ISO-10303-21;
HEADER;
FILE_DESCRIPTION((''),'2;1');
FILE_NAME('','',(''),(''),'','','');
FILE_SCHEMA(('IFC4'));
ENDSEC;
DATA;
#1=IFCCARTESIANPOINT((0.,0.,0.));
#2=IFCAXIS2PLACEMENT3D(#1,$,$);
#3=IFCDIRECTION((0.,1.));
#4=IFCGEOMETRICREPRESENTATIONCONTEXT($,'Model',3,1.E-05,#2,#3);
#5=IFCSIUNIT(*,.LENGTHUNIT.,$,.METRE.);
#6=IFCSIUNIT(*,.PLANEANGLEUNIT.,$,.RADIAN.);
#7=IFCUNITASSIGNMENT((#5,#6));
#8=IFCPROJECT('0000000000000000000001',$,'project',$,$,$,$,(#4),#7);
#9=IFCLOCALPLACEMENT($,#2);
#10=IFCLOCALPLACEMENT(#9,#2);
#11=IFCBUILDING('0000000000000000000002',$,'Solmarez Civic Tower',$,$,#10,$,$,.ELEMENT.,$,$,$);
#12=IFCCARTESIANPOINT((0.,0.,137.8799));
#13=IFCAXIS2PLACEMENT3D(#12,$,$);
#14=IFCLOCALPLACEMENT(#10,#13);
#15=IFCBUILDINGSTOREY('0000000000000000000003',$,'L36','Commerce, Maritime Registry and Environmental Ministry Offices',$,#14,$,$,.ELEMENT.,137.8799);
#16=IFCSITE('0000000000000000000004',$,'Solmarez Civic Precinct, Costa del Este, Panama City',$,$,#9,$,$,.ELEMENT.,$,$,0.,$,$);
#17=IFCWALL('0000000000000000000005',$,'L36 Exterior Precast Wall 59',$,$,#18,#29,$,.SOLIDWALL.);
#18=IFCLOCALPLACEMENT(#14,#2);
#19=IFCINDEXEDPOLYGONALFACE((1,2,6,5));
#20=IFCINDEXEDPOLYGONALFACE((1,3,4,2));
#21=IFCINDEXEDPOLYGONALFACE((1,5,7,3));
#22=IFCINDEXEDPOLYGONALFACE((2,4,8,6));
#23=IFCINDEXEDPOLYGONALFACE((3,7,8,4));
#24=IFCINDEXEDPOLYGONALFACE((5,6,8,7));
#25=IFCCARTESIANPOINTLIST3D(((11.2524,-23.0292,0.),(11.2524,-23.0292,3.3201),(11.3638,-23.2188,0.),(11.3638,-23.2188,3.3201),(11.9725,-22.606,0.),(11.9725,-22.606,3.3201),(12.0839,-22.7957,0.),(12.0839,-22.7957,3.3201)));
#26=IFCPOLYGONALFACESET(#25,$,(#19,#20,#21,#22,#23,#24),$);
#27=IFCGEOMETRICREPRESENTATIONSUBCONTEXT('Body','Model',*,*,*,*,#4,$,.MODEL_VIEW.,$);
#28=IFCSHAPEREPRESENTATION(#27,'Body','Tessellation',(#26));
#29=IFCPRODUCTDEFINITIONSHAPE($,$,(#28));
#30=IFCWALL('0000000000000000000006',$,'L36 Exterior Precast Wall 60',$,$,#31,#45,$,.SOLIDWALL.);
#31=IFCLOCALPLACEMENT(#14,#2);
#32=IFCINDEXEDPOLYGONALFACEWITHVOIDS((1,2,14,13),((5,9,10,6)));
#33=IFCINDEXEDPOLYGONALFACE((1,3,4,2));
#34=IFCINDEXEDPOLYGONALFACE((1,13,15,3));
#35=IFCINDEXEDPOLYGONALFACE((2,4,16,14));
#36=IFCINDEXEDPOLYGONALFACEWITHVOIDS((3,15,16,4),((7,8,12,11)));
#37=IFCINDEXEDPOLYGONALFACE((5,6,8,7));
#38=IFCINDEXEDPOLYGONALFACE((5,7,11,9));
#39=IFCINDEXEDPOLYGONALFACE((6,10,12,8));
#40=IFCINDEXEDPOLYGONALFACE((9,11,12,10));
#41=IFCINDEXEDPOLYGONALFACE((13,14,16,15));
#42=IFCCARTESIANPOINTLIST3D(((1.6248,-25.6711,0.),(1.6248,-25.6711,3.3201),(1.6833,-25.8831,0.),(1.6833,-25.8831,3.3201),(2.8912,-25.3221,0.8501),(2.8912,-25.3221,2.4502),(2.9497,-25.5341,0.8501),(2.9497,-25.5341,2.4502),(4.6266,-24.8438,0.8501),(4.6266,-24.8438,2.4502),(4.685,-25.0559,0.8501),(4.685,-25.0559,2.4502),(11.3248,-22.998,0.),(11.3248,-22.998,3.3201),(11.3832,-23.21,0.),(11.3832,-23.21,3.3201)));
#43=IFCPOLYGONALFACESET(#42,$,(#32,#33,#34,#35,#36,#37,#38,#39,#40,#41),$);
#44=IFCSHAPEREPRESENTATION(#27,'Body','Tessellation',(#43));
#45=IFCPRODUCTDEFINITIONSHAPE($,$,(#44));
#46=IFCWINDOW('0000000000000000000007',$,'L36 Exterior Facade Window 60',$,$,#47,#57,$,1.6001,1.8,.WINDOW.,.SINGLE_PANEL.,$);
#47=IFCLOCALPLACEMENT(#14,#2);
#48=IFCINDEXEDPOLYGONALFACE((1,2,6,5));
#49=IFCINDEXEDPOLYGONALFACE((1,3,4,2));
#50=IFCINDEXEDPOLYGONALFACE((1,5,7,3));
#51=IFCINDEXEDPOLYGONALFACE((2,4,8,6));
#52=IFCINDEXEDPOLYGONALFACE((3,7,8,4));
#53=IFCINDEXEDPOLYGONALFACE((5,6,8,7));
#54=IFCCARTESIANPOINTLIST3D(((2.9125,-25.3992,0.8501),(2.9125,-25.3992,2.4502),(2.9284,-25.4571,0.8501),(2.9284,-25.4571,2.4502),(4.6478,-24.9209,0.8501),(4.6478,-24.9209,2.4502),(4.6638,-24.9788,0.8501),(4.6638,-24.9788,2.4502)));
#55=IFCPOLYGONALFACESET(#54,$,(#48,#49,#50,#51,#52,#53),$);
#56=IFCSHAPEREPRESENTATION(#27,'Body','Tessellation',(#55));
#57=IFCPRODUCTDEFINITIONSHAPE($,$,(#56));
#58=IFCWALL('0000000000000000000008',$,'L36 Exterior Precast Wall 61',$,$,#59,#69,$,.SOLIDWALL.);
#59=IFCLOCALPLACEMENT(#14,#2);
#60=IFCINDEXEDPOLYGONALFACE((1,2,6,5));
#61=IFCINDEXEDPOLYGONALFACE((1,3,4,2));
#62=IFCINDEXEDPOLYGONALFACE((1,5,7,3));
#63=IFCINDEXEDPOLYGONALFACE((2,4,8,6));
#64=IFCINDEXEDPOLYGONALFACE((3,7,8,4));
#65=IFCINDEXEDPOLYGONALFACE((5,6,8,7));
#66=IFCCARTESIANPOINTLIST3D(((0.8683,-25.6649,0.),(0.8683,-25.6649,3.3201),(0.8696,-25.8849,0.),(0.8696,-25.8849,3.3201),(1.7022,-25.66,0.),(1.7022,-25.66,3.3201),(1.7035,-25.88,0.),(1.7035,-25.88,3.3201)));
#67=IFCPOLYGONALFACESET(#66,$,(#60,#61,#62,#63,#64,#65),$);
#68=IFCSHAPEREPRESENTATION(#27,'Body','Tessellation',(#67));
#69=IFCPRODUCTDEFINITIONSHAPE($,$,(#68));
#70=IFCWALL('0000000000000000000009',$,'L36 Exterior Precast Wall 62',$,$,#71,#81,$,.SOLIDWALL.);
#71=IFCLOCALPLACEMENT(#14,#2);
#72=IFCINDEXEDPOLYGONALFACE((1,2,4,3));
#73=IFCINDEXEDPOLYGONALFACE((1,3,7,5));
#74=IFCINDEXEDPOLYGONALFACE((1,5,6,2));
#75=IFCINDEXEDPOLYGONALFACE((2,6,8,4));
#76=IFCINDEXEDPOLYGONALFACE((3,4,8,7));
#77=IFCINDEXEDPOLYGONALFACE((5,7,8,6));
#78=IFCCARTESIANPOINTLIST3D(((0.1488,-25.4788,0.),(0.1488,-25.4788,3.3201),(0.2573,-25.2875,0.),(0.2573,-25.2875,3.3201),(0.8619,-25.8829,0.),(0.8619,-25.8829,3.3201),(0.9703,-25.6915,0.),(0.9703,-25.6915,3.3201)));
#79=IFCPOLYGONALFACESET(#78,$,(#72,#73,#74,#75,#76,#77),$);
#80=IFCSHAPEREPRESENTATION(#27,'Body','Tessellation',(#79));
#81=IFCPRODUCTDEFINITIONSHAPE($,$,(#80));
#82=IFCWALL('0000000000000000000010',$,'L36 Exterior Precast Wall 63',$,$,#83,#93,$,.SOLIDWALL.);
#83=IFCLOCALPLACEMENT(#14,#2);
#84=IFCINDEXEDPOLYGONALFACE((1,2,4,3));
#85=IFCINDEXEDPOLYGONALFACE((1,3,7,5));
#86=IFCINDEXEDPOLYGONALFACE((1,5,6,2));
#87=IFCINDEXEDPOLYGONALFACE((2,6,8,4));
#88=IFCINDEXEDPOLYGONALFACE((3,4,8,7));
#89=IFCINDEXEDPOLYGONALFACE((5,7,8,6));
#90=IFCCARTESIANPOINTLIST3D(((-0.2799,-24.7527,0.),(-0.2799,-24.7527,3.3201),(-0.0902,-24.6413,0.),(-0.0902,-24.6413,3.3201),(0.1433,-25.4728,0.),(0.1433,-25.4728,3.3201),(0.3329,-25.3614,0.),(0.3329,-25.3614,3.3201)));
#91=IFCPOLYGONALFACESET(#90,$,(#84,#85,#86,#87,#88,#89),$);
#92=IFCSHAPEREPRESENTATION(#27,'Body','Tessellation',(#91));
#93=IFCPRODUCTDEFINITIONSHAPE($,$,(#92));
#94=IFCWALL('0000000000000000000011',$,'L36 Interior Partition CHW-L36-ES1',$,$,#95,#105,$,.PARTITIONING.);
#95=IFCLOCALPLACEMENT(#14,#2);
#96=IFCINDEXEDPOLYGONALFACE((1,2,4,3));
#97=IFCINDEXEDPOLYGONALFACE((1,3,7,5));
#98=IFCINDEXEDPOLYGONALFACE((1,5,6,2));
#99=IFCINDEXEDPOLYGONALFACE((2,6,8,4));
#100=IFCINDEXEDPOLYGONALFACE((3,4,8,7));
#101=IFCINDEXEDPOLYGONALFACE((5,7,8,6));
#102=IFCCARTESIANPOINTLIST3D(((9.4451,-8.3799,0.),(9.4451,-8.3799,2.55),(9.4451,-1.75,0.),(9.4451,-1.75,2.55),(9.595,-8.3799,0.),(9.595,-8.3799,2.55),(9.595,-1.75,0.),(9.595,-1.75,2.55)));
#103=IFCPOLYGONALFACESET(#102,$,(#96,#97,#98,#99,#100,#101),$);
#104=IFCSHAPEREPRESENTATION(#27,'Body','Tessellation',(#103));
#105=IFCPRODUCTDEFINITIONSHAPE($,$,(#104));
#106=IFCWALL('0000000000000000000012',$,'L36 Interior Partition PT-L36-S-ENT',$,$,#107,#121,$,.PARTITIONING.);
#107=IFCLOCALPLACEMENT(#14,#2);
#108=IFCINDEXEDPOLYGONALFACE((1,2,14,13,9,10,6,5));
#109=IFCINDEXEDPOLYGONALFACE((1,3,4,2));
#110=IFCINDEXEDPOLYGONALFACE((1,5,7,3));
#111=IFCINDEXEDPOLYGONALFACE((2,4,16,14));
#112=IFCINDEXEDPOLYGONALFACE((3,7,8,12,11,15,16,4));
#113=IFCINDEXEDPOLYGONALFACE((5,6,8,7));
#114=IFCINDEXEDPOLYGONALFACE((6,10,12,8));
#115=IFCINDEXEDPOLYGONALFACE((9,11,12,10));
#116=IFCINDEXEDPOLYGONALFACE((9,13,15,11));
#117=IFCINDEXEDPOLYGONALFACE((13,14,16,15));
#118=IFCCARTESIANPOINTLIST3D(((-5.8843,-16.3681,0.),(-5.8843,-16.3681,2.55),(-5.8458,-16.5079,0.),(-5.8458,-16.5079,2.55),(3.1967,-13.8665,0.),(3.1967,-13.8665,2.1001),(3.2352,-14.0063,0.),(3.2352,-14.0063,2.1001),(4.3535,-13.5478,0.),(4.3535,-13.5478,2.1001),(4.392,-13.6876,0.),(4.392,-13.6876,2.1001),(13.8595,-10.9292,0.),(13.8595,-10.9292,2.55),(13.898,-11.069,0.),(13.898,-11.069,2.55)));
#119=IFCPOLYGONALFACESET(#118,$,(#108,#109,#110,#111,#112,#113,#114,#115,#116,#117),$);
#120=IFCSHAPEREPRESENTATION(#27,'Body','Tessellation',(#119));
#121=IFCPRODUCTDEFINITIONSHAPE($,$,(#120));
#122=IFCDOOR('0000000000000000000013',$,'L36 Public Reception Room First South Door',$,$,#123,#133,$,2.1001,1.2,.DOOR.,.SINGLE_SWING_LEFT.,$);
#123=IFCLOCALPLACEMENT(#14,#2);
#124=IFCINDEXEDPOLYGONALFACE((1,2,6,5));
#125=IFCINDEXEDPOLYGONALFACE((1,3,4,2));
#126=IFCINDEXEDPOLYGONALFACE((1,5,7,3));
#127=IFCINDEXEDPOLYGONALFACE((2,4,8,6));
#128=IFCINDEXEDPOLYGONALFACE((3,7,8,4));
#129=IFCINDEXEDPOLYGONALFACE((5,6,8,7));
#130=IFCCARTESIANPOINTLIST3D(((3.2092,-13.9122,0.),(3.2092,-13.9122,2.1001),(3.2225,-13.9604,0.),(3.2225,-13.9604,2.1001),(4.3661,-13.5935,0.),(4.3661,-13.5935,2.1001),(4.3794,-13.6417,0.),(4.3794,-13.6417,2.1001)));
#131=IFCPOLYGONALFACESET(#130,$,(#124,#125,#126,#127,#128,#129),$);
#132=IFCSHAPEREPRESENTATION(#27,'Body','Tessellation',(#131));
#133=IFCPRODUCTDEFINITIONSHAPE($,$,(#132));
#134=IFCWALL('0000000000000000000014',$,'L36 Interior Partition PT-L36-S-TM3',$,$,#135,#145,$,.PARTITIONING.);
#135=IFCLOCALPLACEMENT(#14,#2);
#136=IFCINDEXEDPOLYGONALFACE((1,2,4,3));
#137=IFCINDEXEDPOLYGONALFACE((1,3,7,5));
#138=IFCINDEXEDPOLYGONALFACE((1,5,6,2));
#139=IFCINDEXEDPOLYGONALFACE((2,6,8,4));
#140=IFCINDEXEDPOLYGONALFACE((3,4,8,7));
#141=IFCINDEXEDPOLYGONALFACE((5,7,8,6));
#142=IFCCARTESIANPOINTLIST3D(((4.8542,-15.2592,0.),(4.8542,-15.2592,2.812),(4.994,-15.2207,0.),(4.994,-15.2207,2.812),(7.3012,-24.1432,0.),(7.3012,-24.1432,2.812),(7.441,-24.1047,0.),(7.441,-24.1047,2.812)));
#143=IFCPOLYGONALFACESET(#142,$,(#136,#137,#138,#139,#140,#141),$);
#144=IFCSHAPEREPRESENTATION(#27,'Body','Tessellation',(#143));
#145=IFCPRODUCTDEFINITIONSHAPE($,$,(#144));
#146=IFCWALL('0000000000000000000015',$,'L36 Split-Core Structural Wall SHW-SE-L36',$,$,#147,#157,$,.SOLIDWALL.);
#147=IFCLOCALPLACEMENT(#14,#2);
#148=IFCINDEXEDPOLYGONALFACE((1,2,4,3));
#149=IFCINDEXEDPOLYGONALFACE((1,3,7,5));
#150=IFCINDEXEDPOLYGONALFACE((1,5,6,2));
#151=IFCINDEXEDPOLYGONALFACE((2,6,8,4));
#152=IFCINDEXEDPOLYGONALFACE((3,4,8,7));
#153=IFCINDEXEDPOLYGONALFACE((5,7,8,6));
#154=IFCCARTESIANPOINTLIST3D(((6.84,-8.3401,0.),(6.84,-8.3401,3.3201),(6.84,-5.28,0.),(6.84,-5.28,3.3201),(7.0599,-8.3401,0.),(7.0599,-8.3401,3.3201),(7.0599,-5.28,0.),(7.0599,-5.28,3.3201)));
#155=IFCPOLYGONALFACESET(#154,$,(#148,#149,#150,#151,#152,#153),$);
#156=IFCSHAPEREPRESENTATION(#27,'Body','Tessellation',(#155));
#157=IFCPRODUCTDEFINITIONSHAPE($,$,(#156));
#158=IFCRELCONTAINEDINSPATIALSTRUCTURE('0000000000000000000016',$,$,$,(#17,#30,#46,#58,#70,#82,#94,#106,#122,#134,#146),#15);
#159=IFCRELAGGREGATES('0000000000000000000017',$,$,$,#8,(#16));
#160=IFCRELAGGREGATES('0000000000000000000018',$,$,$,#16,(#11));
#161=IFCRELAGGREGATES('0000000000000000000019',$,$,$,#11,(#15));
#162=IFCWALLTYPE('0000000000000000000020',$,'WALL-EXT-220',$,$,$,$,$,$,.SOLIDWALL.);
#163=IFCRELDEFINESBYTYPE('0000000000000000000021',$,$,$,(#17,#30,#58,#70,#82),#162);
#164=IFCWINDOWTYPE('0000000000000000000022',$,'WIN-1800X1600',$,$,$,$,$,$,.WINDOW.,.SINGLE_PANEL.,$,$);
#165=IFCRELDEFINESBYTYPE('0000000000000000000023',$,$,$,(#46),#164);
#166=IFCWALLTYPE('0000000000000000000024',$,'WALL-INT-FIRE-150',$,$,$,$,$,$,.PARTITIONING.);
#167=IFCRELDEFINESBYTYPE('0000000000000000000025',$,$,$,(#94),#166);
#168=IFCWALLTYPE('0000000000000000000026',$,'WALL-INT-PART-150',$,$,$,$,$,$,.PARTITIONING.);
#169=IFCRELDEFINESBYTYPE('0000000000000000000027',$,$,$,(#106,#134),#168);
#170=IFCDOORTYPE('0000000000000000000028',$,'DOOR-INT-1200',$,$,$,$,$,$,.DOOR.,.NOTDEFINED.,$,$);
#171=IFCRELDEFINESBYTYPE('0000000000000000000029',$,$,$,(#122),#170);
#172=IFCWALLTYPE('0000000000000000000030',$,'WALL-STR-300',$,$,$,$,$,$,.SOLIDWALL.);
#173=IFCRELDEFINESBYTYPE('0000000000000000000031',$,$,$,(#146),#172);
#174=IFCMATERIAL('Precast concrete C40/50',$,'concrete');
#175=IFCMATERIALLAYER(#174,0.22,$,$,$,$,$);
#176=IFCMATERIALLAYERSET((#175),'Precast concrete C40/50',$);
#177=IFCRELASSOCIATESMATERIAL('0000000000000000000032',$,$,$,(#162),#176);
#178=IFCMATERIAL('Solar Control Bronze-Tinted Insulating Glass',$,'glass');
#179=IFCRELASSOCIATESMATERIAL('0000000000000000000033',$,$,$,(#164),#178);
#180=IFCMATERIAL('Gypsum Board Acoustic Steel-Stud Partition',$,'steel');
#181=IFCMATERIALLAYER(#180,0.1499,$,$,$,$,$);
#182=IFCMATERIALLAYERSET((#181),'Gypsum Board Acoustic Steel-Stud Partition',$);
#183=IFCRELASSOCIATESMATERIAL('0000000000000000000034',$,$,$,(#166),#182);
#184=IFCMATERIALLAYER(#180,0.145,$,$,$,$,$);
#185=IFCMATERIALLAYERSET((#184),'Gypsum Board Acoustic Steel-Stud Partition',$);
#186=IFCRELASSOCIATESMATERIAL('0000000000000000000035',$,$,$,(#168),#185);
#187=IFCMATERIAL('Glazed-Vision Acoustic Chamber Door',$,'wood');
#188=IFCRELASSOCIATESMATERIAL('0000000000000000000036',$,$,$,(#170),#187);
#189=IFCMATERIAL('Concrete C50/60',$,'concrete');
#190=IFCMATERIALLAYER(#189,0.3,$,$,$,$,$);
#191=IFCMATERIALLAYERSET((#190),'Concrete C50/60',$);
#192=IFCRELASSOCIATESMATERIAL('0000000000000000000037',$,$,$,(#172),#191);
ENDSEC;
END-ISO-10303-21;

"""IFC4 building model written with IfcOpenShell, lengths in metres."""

from ifc_helpers import new_model, si_unit, direction, frame, frame_2d, origin, place, context, subcontext, project, spatial, rectangle, extrude, material, layer, layer_set, type_object, element, fill, save


model = new_model("IFC4")

# Units and contexts
model_context = context("Model", 3, precision=1e-05, world=origin(), true_north=direction((0.0, 1.0)))
body_context = subcontext(model_context, "Body", "Model", "MODEL_VIEW")
ifc_project = project(units=[si_unit("LENGTHUNIT", "METRE"), si_unit("PLANEANGLEUNIT", "RADIAN")], contexts=[model_context])

# Site, building, storey
site_placement = place(None, origin())
site = spatial("IfcSite", under=ifc_project, at=site_placement, Name="Solmarez Civic Precinct, Costa del Este, Panama City", CompositionType="ELEMENT", RefElevation=0.0)
building_placement = place(site_placement, origin())
building = spatial("IfcBuilding", under=site, at=building_placement, Name="Solmarez Civic Tower", CompositionType="ELEMENT")
storey_placement = place(building_placement, frame((0.0, 0.0, 137.8799)))
storey = spatial("IfcBuildingStorey", under=building, at=storey_placement, Name="L36", Description="Commerce, Maritime Registry and Environmental Ministry Offices", CompositionType="ELEMENT", Elevation=137.8799)

# Shared definitions
ifc_material_1 = material(Name="Concrete C50/60", Category="concrete")

# Shared definitions
ifc_material_2 = material(Name="Precast concrete C40/50", Category="concrete")
ifc_layer_1 = layer(ifc_material_2, 0.22)
ifc_layer_set_1 = layer_set([ifc_layer_1], Name="Precast concrete C40/50")
wall_type_1 = type_object("IfcWallType", Name="WALL-EXT-220", PredefinedType="SOLIDWALL", material=ifc_layer_set_1)

# Shared definitions
ifc_material_3 = material(Name="Solar Control Bronze-Tinted Insulating Glass", Category="glass")

# Wall
wall_1_placement = place(storey_placement, frame((12.0281, -22.7009, 0.0), z_axis=(0.0, 0.0, 1.0), x_axis=(-0.862152, -0.50665, 0.0)))
element("IfcWall", 1, at=wall_1_placement, inside=storey, type_object=wall_type_1, Name="L36 Exterior Precast Wall 59", PredefinedType="SOLIDWALL", context=body_context, shape_type="SweptSolid", body=[
    extrude(rectangle(XDim=0.8352, YDim=0.22, at=frame_2d((0.4175, 0.0))), origin(), (0.0, 0.0, 1.0), 3.3201),
])

# Wall, opening, window
wall_2_placement = place(storey_placement, frame((11.354, -23.104, 0.0), z_axis=(0.0, 0.0, 1.0), x_axis=(-0.964063, -0.265675, 0.0)))
wall_2 = element("IfcWall", 2, at=wall_2_placement, inside=storey, type_object=wall_type_1, Name="L36 Exterior Precast Wall 60", PredefinedType="SOLIDWALL", context=body_context, shape_type="SweptSolid", body=[
    extrude(rectangle(XDim=10.0615, YDim=0.22, at=frame_2d((5.0308, 0.0))), origin(), (0.0, 0.0, 1.0), 3.3201),
])
opening_1_placement = place(wall_2_placement, frame((6.948, 0.0, 0.8501)))
opening_1 = element("IfcOpeningElement", 3, at=opening_1_placement, cuts=wall_2, PredefinedType="OPENING", context=body_context, shape_type="SweptSolid", body=[
    extrude(rectangle(XDim=1.8, YDim=1.6001, at=frame_2d((0.8999, 0.8))), frame((0.0, 0.1199, 0.0), z_axis=(0.0, -1.0, 0.0), x_axis=(1.0, 0.0, 0.0)), (0.0, 0.0, 1.0), 0.24),
])
window_type_1 = type_object("IfcWindowType", Name="WIN-1800X1600", PartitioningType="SINGLE_PANEL", PredefinedType="WINDOW", material=ifc_material_3)
window_1_placement = place(opening_1_placement, origin())
window_1 = element("IfcWindow", 4, at=window_1_placement, inside=storey, type_object=window_type_1, Name="L36 Exterior Facade Window 60", OverallHeight=1.6001, OverallWidth=1.8, PartitioningType="SINGLE_PANEL", PredefinedType="WINDOW", context=body_context, shape_type="SweptSolid", body=[
    extrude(rectangle(XDim=1.8, YDim=1.6001, at=frame_2d((0.8999, 0.8))), frame((0.0, 0.03, 0.0), z_axis=(0.0, -1.0, 0.0), x_axis=(1.0, 0.0, 0.0)), (0.0, 0.0, 1.0), 0.0601),
])
fill(opening_1, window_1)

# Walls
wall_3_placement = place(storey_placement, frame((1.7029, -25.77, 0.0), z_axis=(0.0, 0.0, 1.0), x_axis=(-0.999983, -0.005855, 0.0)))
element("IfcWall", 5, at=wall_3_placement, inside=storey, type_object=wall_type_1, Name="L36 Exterior Precast Wall 61", PredefinedType="SOLIDWALL", context=body_context, shape_type="SweptSolid", body=[
    extrude(rectangle(XDim=0.834, YDim=0.22, at=frame_2d((0.417, 0.0))), origin(), (0.0, 0.0, 1.0), 3.3201),
])
wall_4_placement = place(storey_placement, frame((0.916, -25.7871, 0.0), z_axis=(0.0, 0.0, 1.0), x_axis=(-0.870052, 0.49296, 0.0)))
element("IfcWall", 6, at=wall_4_placement, inside=storey, type_object=wall_type_1, Name="L36 Exterior Precast Wall 62", PredefinedType="SOLIDWALL", context=body_context, shape_type="SweptSolid", body=[
    extrude(rectangle(XDim=0.8196, YDim=0.22, at=frame_2d((0.4097, 0.0))), origin(), (0.0, 0.0, 1.0), 3.3201),
])
wall_5_placement = place(storey_placement, frame((0.238, -25.417, 0.0), z_axis=(0.0, 0.0, 1.0), x_axis=(-0.50665, 0.862152, 0.0)))
element("IfcWall", 7, at=wall_5_placement, inside=storey, type_object=wall_type_1, Name="L36 Exterior Precast Wall 63", PredefinedType="SOLIDWALL", context=body_context, shape_type="SweptSolid", body=[
    extrude(rectangle(XDim=0.8352, YDim=0.22, at=frame_2d((0.4175, 0.0))), origin(), (0.0, 0.0, 1.0), 3.3201),
])
ifc_material_4 = material(Name="Gypsum Board Acoustic Steel-Stud Partition", Category="steel")
ifc_layer_2 = layer(ifc_material_4, 0.1499)
ifc_layer_set_2 = layer_set([ifc_layer_2], Name="Gypsum Board Acoustic Steel-Stud Partition")
wall_type_2 = type_object("IfcWallType", Name="WALL-INT-FIRE-150", PredefinedType="PARTITIONING", material=ifc_layer_set_2)
wall_6_placement = place(storey_placement, frame((9.52, -8.3799, 0.0), z_axis=(0.0, 0.0, 1.0), x_axis=(0.0, 1.0, 0.0)))
element("IfcWall", 8, at=wall_6_placement, inside=storey, type_object=wall_type_2, Name="L36 Interior Partition CHW-L36-ES1", PredefinedType="PARTITIONING", context=body_context, shape_type="SweptSolid", body=[
    extrude(rectangle(XDim=6.6299, YDim=0.1499, at=frame_2d((3.3149, 0.0))), origin(), (0.0, 0.0, 1.0), 2.55),
])

# Wall, opening, door
ifc_layer_3 = layer(ifc_material_4, 0.145)
ifc_layer_set_3 = layer_set([ifc_layer_3], Name="Gypsum Board Acoustic Steel-Stud Partition")
wall_type_3 = type_object("IfcWallType", Name="WALL-INT-PART-150", PredefinedType="PARTITIONING", material=ifc_layer_set_3)
wall_7_placement = place(storey_placement, frame((13.8789, -10.999, 0.0), z_axis=(0.0, 0.0, 1.0), x_axis=(-0.964088, -0.265583, 0.0)))
wall_7 = element("IfcWall", 9, at=wall_7_placement, inside=storey, type_object=wall_type_3, Name="L36 Interior Partition PT-L36-S-ENT", PredefinedType="PARTITIONING", context=body_context, shape_type="SweptSolid", body=[
    extrude(rectangle(XDim=20.4792, YDim=0.145, at=frame_2d((10.2397, 0.0))), origin(), (0.0, 0.0, 1.0), 2.55),
])
opening_2_placement = place(wall_7_placement, frame((9.8601, 0.0, 0.0)))
opening_2 = element("IfcOpeningElement", 10, at=opening_2_placement, cuts=wall_7, PredefinedType="OPENING", context=body_context, shape_type="SweptSolid", body=[
    extrude(rectangle(XDim=1.2, YDim=2.1001, at=frame_2d((0.6001, 1.05))), frame((0.0, 0.0825, 0.0), z_axis=(0.0, -1.0, 0.0), x_axis=(1.0, 0.0, 0.0)), (0.0, 0.0, 1.0), 0.165),
])
ifc_material_5 = material(Name="Glazed-Vision Acoustic Chamber Door", Category="wood")
door_type = type_object("IfcDoorType", Name="DOOR-INT-1200", OperationType="NOTDEFINED", PredefinedType="DOOR", material=ifc_material_5)
door_placement = place(opening_2_placement, origin())
door = element("IfcDoor", 11, at=door_placement, inside=storey, type_object=door_type, Name="L36 Public Reception Room First South Door", OperationType="SINGLE_SWING_LEFT", OverallHeight=2.1001, OverallWidth=1.2, PredefinedType="DOOR", context=body_context, shape_type="SweptSolid", body=[
    extrude(rectangle(XDim=1.2, YDim=2.1001, at=frame_2d((0.6001, 1.05))), frame((0.0, 0.0249, 0.0), z_axis=(0.0, -1.0, 0.0), x_axis=(1.0, 0.0, 0.0)), (0.0, 0.0, 1.0), 0.05),
])
fill(opening_2, door)

# Walls
wall_8_placement = place(storey_placement, frame((4.9241, -15.24, 0.0), z_axis=(0.0, 0.0, 1.0), x_axis=(0.265551, -0.964097, 0.0)))
element("IfcWall", 12, at=wall_8_placement, inside=storey, type_object=wall_type_3, Name="L36 Interior Partition PT-L36-S-TM3", PredefinedType="PARTITIONING", context=body_context, shape_type="SweptSolid", body=[
    extrude(rectangle(XDim=9.2148, YDim=0.145, at=frame_2d((4.6074, 0.0))), origin(), (0.0, 0.0, 1.0), 2.812),
])
ifc_layer_4 = layer(ifc_material_1, 0.3)
ifc_layer_set_4 = layer_set([ifc_layer_4], Name="Concrete C50/60")
wall_type_4 = type_object("IfcWallType", Name="WALL-STR-300", PredefinedType="SOLIDWALL", material=ifc_layer_set_4)
wall_9_placement = place(storey_placement, frame((6.95, -8.3401, 0.0), z_axis=(0.0, 0.0, 1.0), x_axis=(0.0, 1.0, 0.0)))
element("IfcWall", 13, at=wall_9_placement, inside=storey, type_object=wall_type_4, Name="L36 Split-Core Structural Wall SHW-SE-L36", PredefinedType="SOLIDWALL", context=body_context, shape_type="SweptSolid", body=[
    extrude(rectangle(XDim=3.0601, YDim=0.22, at=frame_2d((1.53, 0.0))), origin(), (0.0, 0.0, 1.0), 3.3201),
])

save(model, "model.ifc")
